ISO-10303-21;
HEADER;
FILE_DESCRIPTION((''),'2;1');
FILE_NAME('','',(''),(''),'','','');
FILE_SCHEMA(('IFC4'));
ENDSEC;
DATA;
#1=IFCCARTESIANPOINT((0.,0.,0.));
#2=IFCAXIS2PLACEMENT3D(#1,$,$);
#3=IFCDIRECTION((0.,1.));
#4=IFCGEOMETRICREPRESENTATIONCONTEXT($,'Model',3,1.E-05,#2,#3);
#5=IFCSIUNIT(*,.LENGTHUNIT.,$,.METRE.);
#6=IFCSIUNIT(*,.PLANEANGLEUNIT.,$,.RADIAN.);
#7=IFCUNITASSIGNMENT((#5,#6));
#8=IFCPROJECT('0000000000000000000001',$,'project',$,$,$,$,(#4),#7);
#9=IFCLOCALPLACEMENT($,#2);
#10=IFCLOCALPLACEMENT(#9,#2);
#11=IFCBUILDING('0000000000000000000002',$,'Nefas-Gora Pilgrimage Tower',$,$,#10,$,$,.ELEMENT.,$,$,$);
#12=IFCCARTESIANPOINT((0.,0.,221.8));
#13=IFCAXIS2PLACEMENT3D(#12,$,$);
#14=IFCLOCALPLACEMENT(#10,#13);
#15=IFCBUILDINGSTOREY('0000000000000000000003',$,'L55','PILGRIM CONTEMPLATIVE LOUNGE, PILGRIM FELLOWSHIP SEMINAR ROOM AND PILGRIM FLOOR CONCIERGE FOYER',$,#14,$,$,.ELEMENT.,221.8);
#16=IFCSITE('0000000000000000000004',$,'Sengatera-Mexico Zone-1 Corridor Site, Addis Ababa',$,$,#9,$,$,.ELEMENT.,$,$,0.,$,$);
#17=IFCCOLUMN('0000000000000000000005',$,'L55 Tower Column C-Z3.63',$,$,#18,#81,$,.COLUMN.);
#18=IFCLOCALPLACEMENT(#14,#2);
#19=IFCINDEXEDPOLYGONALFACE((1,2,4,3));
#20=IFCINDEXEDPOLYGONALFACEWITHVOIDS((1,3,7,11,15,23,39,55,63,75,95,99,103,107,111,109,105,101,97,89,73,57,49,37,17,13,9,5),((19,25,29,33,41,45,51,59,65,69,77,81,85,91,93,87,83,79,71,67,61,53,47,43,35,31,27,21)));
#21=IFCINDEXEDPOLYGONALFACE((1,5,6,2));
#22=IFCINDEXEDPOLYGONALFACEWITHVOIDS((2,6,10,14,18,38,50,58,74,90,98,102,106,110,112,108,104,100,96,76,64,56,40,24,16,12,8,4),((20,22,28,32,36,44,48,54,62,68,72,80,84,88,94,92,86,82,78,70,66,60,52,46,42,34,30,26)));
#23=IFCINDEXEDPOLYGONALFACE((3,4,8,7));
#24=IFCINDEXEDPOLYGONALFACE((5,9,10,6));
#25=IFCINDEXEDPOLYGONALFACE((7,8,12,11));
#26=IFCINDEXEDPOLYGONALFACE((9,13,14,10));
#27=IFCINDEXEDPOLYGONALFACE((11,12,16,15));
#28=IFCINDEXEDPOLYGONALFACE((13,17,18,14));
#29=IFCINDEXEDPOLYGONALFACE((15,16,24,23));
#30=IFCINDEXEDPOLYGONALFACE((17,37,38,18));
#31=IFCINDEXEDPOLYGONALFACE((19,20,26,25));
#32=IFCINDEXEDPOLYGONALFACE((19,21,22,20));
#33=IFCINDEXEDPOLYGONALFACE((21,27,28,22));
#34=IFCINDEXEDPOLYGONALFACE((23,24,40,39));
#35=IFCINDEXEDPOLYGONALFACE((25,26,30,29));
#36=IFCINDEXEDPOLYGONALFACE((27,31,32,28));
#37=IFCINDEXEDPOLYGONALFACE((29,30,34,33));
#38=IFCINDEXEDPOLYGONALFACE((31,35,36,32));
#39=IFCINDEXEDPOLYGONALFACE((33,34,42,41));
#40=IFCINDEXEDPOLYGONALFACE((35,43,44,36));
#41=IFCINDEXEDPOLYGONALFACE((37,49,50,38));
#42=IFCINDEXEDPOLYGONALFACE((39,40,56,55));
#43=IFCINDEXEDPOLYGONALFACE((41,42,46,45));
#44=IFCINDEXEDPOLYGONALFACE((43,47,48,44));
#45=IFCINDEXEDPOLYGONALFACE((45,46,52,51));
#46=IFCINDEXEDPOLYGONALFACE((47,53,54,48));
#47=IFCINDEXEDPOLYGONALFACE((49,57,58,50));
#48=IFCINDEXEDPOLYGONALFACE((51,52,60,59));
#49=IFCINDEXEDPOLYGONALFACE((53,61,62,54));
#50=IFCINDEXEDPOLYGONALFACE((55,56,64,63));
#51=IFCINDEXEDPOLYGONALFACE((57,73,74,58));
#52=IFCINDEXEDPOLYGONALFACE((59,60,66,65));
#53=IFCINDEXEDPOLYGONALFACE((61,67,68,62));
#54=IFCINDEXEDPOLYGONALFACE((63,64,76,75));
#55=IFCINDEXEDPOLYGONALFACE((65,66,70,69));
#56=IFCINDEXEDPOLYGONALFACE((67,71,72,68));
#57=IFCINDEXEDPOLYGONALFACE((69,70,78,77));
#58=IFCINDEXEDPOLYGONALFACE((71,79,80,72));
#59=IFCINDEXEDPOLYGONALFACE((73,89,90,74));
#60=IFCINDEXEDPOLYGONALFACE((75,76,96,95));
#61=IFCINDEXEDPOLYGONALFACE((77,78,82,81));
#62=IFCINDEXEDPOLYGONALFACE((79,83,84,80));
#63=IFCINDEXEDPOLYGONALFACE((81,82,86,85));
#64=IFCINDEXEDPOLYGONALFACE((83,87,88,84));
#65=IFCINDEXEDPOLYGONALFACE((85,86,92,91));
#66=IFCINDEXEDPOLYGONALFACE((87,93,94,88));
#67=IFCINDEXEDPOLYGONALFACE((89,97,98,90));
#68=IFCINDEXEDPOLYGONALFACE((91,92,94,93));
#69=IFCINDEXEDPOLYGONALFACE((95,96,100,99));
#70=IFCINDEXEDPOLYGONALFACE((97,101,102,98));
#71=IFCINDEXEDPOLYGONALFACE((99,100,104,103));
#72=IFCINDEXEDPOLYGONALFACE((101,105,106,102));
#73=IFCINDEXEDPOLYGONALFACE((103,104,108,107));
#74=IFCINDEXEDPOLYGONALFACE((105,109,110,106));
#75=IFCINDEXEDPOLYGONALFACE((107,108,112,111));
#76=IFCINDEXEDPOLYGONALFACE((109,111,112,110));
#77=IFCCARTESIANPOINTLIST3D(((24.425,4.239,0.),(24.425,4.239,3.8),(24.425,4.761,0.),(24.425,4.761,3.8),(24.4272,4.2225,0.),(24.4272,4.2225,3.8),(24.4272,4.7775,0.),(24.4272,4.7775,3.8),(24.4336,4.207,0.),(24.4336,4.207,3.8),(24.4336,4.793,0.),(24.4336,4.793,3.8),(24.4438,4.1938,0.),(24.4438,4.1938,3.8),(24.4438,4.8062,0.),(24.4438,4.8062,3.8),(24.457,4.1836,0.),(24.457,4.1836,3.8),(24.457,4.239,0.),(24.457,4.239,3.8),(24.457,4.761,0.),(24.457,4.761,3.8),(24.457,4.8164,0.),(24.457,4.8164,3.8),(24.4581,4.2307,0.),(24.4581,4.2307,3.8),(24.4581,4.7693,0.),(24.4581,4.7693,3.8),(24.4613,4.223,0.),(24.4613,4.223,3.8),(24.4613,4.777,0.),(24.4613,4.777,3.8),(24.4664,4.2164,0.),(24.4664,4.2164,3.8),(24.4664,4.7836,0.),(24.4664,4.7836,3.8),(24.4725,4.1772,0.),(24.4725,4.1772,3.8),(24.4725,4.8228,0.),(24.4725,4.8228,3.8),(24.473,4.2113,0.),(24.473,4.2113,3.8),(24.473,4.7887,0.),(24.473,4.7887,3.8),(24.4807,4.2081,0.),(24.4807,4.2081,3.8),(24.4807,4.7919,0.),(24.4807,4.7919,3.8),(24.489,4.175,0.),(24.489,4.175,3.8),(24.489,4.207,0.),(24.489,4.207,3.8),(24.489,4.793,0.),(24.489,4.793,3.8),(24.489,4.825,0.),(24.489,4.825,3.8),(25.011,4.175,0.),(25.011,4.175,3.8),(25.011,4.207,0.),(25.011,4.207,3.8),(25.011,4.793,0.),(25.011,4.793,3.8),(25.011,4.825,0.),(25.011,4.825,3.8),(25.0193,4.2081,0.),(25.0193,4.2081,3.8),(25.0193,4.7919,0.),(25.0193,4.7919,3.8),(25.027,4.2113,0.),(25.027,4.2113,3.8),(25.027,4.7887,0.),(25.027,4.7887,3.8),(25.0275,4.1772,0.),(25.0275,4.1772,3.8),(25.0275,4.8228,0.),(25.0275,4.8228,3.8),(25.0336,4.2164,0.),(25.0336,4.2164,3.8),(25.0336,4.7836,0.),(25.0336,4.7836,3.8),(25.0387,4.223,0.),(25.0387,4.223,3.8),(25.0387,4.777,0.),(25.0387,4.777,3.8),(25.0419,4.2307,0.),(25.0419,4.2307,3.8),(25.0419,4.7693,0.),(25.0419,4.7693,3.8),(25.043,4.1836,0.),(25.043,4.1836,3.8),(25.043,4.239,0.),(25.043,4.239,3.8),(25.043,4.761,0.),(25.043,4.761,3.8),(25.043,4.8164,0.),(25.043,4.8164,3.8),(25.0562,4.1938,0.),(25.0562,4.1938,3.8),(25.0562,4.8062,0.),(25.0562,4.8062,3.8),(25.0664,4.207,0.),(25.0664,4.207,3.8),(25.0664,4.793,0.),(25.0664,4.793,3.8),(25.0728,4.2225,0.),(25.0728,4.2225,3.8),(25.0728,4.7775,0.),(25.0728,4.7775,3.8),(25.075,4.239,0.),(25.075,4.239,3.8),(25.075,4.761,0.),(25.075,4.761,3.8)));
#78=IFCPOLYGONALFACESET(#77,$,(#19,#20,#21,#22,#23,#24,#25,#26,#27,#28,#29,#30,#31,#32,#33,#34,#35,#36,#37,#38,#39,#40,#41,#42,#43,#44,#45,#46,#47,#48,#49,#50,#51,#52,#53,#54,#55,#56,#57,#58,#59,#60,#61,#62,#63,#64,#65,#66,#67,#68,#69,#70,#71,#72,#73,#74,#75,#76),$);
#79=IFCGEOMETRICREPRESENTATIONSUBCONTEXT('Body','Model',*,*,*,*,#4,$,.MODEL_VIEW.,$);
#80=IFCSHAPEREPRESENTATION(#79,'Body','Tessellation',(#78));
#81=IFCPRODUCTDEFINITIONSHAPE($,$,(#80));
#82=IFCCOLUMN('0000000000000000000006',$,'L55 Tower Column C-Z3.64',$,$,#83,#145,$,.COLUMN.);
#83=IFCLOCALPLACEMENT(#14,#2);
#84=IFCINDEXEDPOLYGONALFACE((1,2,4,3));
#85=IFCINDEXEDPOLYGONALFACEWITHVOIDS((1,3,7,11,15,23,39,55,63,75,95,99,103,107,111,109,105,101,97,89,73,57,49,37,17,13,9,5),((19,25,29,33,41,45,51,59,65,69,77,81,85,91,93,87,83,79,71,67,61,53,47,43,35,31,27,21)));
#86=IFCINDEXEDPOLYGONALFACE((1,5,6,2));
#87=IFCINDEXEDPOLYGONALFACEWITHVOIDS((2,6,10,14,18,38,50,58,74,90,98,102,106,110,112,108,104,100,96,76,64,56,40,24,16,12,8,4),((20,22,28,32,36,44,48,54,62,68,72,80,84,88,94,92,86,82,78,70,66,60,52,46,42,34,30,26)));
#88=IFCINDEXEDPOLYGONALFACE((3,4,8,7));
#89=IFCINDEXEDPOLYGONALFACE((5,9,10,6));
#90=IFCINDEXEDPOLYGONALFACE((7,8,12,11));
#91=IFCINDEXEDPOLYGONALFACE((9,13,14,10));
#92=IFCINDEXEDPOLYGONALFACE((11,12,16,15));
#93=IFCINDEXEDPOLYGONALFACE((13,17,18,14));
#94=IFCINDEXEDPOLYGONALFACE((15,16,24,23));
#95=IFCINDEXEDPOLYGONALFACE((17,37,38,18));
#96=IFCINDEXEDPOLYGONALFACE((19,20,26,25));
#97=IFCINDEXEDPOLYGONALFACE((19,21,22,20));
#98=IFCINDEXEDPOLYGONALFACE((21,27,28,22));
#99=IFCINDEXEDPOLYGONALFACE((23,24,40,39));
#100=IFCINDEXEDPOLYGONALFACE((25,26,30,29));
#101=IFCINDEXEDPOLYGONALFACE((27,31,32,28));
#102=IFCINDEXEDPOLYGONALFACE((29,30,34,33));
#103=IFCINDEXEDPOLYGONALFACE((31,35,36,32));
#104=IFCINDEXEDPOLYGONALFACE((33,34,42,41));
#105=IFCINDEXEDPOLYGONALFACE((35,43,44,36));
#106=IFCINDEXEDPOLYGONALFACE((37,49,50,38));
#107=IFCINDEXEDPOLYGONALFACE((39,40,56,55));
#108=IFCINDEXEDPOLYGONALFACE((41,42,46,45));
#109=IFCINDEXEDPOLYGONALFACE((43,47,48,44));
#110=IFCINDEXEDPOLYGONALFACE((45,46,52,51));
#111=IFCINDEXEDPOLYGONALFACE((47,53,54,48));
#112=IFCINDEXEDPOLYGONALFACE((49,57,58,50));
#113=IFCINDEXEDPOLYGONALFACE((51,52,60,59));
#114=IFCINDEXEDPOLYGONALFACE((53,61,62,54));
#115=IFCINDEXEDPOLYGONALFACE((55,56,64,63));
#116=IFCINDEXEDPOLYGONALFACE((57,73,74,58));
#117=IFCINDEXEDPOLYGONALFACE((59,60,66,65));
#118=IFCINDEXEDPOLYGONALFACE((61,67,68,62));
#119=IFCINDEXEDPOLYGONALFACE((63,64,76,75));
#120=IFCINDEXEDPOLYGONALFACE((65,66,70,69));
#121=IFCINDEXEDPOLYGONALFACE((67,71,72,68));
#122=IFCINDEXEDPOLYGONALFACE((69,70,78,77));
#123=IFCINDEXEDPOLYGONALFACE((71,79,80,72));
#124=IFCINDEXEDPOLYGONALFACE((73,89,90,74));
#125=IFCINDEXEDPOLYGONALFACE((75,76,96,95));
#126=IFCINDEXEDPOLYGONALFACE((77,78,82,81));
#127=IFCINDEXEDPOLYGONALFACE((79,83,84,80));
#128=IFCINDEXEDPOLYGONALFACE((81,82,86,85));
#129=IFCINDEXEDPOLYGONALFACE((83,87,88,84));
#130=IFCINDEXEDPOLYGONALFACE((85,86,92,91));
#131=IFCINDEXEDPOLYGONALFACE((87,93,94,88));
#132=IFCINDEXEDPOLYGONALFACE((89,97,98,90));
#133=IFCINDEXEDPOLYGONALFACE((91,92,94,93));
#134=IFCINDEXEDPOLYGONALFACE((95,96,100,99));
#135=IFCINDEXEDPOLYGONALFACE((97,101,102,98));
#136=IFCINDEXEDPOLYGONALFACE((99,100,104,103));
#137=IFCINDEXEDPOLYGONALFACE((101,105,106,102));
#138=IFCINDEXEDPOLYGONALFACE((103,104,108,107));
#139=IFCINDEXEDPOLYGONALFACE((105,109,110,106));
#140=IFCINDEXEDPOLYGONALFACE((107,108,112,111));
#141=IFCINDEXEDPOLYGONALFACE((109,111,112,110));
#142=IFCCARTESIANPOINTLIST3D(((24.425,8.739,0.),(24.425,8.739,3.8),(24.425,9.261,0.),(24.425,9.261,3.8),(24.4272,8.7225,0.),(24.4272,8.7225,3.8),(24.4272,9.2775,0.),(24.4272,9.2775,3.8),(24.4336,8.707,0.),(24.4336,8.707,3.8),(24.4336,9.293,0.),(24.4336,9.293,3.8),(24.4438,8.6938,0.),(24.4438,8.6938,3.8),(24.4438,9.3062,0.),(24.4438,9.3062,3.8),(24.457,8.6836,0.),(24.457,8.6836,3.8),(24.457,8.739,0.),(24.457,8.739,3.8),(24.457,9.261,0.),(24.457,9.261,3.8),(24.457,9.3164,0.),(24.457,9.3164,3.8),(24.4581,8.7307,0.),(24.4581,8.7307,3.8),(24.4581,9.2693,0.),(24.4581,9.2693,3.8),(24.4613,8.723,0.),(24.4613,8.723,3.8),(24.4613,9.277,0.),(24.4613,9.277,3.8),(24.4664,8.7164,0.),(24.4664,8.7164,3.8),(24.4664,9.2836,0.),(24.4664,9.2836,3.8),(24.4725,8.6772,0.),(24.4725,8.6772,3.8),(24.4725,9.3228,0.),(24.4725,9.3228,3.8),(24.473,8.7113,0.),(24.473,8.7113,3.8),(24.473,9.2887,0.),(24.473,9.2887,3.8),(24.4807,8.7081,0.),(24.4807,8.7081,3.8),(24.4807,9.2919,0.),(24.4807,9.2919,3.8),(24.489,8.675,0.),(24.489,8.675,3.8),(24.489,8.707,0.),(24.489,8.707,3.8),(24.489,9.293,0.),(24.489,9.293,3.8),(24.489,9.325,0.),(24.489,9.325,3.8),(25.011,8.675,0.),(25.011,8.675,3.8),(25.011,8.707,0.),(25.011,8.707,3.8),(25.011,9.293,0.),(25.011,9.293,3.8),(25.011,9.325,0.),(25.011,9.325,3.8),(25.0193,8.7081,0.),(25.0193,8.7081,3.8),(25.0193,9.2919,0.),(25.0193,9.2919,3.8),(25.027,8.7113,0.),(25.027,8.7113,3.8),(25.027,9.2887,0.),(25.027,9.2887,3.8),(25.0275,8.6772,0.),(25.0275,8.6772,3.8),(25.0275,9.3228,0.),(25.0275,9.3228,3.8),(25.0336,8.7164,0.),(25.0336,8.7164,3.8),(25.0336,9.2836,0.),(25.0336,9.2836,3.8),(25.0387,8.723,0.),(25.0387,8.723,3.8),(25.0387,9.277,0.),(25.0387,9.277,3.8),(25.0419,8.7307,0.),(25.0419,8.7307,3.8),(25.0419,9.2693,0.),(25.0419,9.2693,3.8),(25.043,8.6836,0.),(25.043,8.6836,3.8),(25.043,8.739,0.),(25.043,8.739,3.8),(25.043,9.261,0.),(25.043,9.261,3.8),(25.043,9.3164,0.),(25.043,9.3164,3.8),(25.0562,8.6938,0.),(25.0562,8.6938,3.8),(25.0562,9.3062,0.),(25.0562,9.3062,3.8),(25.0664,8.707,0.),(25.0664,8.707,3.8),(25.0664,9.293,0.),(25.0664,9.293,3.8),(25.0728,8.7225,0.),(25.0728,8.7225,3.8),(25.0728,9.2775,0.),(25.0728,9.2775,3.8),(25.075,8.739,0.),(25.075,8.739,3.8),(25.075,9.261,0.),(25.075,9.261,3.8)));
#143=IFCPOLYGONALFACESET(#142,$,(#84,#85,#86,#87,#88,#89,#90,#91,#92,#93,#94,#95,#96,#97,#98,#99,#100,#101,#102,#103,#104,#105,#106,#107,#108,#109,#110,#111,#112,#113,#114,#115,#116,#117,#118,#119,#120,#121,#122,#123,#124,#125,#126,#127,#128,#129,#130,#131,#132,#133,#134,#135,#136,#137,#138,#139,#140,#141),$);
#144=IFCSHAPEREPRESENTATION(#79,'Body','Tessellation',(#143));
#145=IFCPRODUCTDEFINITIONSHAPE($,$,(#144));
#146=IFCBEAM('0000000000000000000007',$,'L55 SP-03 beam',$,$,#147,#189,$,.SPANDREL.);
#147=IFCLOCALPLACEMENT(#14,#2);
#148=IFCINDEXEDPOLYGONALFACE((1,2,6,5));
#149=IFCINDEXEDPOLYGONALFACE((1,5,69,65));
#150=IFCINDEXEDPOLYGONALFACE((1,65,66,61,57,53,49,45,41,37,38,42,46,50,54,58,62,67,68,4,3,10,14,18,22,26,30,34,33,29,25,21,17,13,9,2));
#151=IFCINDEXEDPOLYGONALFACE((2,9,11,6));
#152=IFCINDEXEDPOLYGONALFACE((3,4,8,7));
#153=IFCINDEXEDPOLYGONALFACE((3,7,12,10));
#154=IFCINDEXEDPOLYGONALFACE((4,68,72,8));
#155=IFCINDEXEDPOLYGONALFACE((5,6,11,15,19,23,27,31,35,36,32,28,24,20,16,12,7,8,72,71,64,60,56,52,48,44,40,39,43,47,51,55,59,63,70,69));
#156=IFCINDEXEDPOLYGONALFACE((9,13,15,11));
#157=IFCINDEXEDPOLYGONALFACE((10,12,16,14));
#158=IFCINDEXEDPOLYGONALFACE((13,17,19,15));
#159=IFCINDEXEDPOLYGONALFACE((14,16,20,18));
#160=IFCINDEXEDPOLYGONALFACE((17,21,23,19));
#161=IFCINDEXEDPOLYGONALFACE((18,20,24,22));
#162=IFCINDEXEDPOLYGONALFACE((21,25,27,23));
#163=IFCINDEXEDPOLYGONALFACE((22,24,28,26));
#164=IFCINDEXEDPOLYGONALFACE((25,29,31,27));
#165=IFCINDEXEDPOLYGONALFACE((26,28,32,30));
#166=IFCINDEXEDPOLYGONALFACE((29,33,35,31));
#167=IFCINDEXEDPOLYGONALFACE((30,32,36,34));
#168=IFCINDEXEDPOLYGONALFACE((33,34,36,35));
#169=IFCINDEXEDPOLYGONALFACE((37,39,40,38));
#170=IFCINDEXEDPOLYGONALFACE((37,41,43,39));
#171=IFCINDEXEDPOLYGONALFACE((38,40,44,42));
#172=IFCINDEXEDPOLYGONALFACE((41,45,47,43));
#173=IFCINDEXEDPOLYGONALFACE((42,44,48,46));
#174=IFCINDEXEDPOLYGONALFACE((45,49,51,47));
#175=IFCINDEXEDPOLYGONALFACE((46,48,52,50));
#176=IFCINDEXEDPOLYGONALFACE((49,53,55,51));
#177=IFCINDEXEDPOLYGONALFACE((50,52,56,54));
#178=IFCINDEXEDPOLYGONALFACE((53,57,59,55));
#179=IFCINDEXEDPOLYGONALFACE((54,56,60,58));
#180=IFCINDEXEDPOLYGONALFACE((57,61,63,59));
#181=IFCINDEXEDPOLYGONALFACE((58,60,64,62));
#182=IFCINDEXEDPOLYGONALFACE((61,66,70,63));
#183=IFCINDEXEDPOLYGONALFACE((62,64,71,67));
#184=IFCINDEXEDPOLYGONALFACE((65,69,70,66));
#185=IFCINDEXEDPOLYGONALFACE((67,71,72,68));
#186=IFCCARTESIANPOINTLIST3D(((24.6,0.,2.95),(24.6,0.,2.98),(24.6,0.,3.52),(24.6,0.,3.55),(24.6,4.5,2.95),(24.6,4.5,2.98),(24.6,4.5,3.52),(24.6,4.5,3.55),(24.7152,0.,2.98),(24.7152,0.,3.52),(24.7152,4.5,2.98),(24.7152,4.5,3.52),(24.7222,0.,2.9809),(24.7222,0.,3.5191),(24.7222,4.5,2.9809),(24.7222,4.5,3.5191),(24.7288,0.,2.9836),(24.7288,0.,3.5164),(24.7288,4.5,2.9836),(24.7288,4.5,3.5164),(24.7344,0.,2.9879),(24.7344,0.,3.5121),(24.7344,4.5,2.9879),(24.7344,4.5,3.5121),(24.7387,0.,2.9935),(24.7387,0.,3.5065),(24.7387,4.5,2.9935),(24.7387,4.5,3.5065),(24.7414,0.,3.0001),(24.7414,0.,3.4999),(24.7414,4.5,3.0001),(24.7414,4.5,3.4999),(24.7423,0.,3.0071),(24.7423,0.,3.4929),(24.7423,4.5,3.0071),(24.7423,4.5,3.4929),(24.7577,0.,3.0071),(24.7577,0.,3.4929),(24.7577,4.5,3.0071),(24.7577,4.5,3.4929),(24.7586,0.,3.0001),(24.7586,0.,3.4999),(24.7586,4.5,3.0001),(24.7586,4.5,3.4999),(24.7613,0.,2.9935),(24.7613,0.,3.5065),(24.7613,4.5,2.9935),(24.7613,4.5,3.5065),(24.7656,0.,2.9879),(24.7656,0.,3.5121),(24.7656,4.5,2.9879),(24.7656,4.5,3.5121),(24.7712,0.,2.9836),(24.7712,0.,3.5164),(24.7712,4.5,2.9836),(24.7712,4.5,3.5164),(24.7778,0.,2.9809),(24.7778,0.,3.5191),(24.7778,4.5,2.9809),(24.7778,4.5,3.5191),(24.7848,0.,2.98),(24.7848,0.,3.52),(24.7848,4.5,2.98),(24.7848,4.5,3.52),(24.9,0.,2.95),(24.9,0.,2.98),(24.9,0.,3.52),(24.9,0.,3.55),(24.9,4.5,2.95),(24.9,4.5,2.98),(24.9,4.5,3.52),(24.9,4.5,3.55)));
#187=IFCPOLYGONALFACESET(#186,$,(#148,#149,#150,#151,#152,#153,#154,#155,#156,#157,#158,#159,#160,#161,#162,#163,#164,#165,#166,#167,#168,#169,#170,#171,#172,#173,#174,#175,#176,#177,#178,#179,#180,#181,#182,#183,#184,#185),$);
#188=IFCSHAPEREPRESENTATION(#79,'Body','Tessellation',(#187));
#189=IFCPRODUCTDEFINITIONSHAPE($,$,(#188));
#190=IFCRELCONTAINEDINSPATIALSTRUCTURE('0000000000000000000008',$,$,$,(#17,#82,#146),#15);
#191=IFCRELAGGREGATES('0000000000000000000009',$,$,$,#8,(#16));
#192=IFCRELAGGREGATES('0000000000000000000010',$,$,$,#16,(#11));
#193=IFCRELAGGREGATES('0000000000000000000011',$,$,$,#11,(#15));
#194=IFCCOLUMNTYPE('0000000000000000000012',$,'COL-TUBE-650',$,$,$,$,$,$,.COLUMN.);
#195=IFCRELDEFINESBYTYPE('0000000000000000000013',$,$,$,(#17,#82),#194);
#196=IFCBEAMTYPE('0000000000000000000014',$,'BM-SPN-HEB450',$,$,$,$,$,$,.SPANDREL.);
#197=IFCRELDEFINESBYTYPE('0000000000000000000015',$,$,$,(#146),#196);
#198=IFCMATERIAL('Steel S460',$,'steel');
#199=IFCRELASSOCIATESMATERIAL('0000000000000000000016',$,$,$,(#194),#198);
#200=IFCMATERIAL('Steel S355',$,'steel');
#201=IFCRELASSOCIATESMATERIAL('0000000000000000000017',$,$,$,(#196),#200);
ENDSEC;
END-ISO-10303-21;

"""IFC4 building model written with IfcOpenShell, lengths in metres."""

from ifc_helpers import new_model, si_unit, direction, frame, origin, origin_2d, place, context, subcontext, project, spatial, hollow_rectangle, i_section, extrude, source, transform, mapped, material, material_profile, profile_set, type_object, element, save


model = new_model("IFC4")

# Units and contexts
model_context = context("Model", 3, precision=1e-05, world=origin(), true_north=direction((0.0, 1.0)))
body_context = subcontext(model_context, "Body", "Model", "MODEL_VIEW")
ifc_project = project(units=[si_unit("LENGTHUNIT", "METRE"), si_unit("PLANEANGLEUNIT", "RADIAN")], contexts=[model_context])

# Site, building, storey
site_placement = place(None, origin())
site = spatial("IfcSite", under=ifc_project, at=site_placement, Name="Sengatera-Mexico Zone-1 Corridor Site, Addis Ababa", CompositionType="ELEMENT", RefElevation=0.0)
building_placement = place(site_placement, origin())
building = spatial("IfcBuilding", under=site, at=building_placement, Name="Nefas-Gora Pilgrimage Tower", CompositionType="ELEMENT")
storey_placement = place(building_placement, frame((0.0, 0.0, 221.8)))
storey = spatial("IfcBuildingStorey", under=building, at=storey_placement, Name="L55", Description="PILGRIM CONTEMPLATIVE LOUNGE, PILGRIM FELLOWSHIP SEMINAR ROOM AND PILGRIM FLOOR CONCIERGE FOYER", CompositionType="ELEMENT", Elevation=221.8)

# Columns
ifc_material_1 = material(Name="Steel S460", Category="steel")
ifc_material_profile_1 = material_profile(ifc_material_1, hollow_rectangle(XDim=0.6499, YDim=0.6499, WallThickness=0.032, InnerFilletRadius=0.032, OuterFilletRadius=0.064, at=origin_2d()), Name="BOX 650x650x32")
ifc_profile_set_1 = profile_set([ifc_material_profile_1], Name="Steel S460")
column_type_1 = type_object("IfcColumnType", Name="COL-TUBE-650", PredefinedType="COLUMN", material=ifc_profile_set_1)
shared_shape_1 = source(origin(), body_context, "Body", "SweptSolid", [
    extrude(hollow_rectangle(XDim=0.6499, YDim=0.6499, WallThickness=0.032, InnerFilletRadius=0.032, OuterFilletRadius=0.064, at=origin_2d()), origin(), (0.0, 0.0, 1.0), 3.8),
])
for number, where, z_axis, x_axis, name in (
    (1, (24.75, 4.5, 0.0), (0.0, 0.0, 1.0), (1.0, 0.0, 0.0), "L55 Tower Column C-Z3.63"),
    (2, (24.75, 9.0, 0.0), (0.0, 0.0, 1.0), (1.0, 0.0, 0.0), "L55 Tower Column C-Z3.64"),
):
    element("IfcColumn", number, at=place(storey_placement, frame(where, z_axis=z_axis, x_axis=x_axis)), inside=storey, type_object=column_type_1, Name=name, PredefinedType="COLUMN", context=body_context, shape_type="MappedRepresentation", body=[
        mapped(shared_shape_1, transform((0.0, 0.0, 0.0), x_axis=(1.0, 0.0, 0.0), y_axis=(0.0, 1.0, 0.0), z_axis=(0.0, 0.0, 1.0), scale=1.0)),
    ])

# Beam
ifc_material_2 = material(Name="Steel S355", Category="steel")
ifc_material_profile_2 = material_profile(ifc_material_2, i_section(OverallWidth=0.3, OverallDepth=0.6001, WebThickness=0.0154, FlangeThickness=0.03, FilletRadius=0.0271, at=origin_2d()), Name="HEB 600")
ifc_profile_set_2 = profile_set([ifc_material_profile_2], Name="Steel S355")
beam_type_1 = type_object("IfcBeamType", Name="BM-SPN-HEB450", PredefinedType="SPANDREL", material=ifc_profile_set_2)
shared_shape_2 = source(origin(), body_context, "Body", "SweptSolid", [
    extrude(i_section(OverallWidth=0.3, OverallDepth=0.6001, WebThickness=0.0154, FlangeThickness=0.03, FilletRadius=0.0271, at=origin_2d()), origin(), (0.0, 0.0, 1.0), 4.5),
])
for number, where, z_axis, x_axis, name in (
    (3, (24.75, 0.0, 3.25), (0.0, 1.0, 0.0), (-1.0, 0.0, 0.0), "L55 SP-03 beam"),
):
    element("IfcBeam", number, at=place(storey_placement, frame(where, z_axis=z_axis, x_axis=x_axis)), inside=storey, type_object=beam_type_1, Name=name, PredefinedType="SPANDREL", context=body_context, shape_type="MappedRepresentation", body=[
        mapped(shared_shape_2, transform((0.0, 0.0, 0.0), x_axis=(1.0, 0.0, 0.0), y_axis=(0.0, 1.0, 0.0), z_axis=(0.0, 0.0, 1.0), scale=1.0)),
    ])

save(model, "model.ifc")
